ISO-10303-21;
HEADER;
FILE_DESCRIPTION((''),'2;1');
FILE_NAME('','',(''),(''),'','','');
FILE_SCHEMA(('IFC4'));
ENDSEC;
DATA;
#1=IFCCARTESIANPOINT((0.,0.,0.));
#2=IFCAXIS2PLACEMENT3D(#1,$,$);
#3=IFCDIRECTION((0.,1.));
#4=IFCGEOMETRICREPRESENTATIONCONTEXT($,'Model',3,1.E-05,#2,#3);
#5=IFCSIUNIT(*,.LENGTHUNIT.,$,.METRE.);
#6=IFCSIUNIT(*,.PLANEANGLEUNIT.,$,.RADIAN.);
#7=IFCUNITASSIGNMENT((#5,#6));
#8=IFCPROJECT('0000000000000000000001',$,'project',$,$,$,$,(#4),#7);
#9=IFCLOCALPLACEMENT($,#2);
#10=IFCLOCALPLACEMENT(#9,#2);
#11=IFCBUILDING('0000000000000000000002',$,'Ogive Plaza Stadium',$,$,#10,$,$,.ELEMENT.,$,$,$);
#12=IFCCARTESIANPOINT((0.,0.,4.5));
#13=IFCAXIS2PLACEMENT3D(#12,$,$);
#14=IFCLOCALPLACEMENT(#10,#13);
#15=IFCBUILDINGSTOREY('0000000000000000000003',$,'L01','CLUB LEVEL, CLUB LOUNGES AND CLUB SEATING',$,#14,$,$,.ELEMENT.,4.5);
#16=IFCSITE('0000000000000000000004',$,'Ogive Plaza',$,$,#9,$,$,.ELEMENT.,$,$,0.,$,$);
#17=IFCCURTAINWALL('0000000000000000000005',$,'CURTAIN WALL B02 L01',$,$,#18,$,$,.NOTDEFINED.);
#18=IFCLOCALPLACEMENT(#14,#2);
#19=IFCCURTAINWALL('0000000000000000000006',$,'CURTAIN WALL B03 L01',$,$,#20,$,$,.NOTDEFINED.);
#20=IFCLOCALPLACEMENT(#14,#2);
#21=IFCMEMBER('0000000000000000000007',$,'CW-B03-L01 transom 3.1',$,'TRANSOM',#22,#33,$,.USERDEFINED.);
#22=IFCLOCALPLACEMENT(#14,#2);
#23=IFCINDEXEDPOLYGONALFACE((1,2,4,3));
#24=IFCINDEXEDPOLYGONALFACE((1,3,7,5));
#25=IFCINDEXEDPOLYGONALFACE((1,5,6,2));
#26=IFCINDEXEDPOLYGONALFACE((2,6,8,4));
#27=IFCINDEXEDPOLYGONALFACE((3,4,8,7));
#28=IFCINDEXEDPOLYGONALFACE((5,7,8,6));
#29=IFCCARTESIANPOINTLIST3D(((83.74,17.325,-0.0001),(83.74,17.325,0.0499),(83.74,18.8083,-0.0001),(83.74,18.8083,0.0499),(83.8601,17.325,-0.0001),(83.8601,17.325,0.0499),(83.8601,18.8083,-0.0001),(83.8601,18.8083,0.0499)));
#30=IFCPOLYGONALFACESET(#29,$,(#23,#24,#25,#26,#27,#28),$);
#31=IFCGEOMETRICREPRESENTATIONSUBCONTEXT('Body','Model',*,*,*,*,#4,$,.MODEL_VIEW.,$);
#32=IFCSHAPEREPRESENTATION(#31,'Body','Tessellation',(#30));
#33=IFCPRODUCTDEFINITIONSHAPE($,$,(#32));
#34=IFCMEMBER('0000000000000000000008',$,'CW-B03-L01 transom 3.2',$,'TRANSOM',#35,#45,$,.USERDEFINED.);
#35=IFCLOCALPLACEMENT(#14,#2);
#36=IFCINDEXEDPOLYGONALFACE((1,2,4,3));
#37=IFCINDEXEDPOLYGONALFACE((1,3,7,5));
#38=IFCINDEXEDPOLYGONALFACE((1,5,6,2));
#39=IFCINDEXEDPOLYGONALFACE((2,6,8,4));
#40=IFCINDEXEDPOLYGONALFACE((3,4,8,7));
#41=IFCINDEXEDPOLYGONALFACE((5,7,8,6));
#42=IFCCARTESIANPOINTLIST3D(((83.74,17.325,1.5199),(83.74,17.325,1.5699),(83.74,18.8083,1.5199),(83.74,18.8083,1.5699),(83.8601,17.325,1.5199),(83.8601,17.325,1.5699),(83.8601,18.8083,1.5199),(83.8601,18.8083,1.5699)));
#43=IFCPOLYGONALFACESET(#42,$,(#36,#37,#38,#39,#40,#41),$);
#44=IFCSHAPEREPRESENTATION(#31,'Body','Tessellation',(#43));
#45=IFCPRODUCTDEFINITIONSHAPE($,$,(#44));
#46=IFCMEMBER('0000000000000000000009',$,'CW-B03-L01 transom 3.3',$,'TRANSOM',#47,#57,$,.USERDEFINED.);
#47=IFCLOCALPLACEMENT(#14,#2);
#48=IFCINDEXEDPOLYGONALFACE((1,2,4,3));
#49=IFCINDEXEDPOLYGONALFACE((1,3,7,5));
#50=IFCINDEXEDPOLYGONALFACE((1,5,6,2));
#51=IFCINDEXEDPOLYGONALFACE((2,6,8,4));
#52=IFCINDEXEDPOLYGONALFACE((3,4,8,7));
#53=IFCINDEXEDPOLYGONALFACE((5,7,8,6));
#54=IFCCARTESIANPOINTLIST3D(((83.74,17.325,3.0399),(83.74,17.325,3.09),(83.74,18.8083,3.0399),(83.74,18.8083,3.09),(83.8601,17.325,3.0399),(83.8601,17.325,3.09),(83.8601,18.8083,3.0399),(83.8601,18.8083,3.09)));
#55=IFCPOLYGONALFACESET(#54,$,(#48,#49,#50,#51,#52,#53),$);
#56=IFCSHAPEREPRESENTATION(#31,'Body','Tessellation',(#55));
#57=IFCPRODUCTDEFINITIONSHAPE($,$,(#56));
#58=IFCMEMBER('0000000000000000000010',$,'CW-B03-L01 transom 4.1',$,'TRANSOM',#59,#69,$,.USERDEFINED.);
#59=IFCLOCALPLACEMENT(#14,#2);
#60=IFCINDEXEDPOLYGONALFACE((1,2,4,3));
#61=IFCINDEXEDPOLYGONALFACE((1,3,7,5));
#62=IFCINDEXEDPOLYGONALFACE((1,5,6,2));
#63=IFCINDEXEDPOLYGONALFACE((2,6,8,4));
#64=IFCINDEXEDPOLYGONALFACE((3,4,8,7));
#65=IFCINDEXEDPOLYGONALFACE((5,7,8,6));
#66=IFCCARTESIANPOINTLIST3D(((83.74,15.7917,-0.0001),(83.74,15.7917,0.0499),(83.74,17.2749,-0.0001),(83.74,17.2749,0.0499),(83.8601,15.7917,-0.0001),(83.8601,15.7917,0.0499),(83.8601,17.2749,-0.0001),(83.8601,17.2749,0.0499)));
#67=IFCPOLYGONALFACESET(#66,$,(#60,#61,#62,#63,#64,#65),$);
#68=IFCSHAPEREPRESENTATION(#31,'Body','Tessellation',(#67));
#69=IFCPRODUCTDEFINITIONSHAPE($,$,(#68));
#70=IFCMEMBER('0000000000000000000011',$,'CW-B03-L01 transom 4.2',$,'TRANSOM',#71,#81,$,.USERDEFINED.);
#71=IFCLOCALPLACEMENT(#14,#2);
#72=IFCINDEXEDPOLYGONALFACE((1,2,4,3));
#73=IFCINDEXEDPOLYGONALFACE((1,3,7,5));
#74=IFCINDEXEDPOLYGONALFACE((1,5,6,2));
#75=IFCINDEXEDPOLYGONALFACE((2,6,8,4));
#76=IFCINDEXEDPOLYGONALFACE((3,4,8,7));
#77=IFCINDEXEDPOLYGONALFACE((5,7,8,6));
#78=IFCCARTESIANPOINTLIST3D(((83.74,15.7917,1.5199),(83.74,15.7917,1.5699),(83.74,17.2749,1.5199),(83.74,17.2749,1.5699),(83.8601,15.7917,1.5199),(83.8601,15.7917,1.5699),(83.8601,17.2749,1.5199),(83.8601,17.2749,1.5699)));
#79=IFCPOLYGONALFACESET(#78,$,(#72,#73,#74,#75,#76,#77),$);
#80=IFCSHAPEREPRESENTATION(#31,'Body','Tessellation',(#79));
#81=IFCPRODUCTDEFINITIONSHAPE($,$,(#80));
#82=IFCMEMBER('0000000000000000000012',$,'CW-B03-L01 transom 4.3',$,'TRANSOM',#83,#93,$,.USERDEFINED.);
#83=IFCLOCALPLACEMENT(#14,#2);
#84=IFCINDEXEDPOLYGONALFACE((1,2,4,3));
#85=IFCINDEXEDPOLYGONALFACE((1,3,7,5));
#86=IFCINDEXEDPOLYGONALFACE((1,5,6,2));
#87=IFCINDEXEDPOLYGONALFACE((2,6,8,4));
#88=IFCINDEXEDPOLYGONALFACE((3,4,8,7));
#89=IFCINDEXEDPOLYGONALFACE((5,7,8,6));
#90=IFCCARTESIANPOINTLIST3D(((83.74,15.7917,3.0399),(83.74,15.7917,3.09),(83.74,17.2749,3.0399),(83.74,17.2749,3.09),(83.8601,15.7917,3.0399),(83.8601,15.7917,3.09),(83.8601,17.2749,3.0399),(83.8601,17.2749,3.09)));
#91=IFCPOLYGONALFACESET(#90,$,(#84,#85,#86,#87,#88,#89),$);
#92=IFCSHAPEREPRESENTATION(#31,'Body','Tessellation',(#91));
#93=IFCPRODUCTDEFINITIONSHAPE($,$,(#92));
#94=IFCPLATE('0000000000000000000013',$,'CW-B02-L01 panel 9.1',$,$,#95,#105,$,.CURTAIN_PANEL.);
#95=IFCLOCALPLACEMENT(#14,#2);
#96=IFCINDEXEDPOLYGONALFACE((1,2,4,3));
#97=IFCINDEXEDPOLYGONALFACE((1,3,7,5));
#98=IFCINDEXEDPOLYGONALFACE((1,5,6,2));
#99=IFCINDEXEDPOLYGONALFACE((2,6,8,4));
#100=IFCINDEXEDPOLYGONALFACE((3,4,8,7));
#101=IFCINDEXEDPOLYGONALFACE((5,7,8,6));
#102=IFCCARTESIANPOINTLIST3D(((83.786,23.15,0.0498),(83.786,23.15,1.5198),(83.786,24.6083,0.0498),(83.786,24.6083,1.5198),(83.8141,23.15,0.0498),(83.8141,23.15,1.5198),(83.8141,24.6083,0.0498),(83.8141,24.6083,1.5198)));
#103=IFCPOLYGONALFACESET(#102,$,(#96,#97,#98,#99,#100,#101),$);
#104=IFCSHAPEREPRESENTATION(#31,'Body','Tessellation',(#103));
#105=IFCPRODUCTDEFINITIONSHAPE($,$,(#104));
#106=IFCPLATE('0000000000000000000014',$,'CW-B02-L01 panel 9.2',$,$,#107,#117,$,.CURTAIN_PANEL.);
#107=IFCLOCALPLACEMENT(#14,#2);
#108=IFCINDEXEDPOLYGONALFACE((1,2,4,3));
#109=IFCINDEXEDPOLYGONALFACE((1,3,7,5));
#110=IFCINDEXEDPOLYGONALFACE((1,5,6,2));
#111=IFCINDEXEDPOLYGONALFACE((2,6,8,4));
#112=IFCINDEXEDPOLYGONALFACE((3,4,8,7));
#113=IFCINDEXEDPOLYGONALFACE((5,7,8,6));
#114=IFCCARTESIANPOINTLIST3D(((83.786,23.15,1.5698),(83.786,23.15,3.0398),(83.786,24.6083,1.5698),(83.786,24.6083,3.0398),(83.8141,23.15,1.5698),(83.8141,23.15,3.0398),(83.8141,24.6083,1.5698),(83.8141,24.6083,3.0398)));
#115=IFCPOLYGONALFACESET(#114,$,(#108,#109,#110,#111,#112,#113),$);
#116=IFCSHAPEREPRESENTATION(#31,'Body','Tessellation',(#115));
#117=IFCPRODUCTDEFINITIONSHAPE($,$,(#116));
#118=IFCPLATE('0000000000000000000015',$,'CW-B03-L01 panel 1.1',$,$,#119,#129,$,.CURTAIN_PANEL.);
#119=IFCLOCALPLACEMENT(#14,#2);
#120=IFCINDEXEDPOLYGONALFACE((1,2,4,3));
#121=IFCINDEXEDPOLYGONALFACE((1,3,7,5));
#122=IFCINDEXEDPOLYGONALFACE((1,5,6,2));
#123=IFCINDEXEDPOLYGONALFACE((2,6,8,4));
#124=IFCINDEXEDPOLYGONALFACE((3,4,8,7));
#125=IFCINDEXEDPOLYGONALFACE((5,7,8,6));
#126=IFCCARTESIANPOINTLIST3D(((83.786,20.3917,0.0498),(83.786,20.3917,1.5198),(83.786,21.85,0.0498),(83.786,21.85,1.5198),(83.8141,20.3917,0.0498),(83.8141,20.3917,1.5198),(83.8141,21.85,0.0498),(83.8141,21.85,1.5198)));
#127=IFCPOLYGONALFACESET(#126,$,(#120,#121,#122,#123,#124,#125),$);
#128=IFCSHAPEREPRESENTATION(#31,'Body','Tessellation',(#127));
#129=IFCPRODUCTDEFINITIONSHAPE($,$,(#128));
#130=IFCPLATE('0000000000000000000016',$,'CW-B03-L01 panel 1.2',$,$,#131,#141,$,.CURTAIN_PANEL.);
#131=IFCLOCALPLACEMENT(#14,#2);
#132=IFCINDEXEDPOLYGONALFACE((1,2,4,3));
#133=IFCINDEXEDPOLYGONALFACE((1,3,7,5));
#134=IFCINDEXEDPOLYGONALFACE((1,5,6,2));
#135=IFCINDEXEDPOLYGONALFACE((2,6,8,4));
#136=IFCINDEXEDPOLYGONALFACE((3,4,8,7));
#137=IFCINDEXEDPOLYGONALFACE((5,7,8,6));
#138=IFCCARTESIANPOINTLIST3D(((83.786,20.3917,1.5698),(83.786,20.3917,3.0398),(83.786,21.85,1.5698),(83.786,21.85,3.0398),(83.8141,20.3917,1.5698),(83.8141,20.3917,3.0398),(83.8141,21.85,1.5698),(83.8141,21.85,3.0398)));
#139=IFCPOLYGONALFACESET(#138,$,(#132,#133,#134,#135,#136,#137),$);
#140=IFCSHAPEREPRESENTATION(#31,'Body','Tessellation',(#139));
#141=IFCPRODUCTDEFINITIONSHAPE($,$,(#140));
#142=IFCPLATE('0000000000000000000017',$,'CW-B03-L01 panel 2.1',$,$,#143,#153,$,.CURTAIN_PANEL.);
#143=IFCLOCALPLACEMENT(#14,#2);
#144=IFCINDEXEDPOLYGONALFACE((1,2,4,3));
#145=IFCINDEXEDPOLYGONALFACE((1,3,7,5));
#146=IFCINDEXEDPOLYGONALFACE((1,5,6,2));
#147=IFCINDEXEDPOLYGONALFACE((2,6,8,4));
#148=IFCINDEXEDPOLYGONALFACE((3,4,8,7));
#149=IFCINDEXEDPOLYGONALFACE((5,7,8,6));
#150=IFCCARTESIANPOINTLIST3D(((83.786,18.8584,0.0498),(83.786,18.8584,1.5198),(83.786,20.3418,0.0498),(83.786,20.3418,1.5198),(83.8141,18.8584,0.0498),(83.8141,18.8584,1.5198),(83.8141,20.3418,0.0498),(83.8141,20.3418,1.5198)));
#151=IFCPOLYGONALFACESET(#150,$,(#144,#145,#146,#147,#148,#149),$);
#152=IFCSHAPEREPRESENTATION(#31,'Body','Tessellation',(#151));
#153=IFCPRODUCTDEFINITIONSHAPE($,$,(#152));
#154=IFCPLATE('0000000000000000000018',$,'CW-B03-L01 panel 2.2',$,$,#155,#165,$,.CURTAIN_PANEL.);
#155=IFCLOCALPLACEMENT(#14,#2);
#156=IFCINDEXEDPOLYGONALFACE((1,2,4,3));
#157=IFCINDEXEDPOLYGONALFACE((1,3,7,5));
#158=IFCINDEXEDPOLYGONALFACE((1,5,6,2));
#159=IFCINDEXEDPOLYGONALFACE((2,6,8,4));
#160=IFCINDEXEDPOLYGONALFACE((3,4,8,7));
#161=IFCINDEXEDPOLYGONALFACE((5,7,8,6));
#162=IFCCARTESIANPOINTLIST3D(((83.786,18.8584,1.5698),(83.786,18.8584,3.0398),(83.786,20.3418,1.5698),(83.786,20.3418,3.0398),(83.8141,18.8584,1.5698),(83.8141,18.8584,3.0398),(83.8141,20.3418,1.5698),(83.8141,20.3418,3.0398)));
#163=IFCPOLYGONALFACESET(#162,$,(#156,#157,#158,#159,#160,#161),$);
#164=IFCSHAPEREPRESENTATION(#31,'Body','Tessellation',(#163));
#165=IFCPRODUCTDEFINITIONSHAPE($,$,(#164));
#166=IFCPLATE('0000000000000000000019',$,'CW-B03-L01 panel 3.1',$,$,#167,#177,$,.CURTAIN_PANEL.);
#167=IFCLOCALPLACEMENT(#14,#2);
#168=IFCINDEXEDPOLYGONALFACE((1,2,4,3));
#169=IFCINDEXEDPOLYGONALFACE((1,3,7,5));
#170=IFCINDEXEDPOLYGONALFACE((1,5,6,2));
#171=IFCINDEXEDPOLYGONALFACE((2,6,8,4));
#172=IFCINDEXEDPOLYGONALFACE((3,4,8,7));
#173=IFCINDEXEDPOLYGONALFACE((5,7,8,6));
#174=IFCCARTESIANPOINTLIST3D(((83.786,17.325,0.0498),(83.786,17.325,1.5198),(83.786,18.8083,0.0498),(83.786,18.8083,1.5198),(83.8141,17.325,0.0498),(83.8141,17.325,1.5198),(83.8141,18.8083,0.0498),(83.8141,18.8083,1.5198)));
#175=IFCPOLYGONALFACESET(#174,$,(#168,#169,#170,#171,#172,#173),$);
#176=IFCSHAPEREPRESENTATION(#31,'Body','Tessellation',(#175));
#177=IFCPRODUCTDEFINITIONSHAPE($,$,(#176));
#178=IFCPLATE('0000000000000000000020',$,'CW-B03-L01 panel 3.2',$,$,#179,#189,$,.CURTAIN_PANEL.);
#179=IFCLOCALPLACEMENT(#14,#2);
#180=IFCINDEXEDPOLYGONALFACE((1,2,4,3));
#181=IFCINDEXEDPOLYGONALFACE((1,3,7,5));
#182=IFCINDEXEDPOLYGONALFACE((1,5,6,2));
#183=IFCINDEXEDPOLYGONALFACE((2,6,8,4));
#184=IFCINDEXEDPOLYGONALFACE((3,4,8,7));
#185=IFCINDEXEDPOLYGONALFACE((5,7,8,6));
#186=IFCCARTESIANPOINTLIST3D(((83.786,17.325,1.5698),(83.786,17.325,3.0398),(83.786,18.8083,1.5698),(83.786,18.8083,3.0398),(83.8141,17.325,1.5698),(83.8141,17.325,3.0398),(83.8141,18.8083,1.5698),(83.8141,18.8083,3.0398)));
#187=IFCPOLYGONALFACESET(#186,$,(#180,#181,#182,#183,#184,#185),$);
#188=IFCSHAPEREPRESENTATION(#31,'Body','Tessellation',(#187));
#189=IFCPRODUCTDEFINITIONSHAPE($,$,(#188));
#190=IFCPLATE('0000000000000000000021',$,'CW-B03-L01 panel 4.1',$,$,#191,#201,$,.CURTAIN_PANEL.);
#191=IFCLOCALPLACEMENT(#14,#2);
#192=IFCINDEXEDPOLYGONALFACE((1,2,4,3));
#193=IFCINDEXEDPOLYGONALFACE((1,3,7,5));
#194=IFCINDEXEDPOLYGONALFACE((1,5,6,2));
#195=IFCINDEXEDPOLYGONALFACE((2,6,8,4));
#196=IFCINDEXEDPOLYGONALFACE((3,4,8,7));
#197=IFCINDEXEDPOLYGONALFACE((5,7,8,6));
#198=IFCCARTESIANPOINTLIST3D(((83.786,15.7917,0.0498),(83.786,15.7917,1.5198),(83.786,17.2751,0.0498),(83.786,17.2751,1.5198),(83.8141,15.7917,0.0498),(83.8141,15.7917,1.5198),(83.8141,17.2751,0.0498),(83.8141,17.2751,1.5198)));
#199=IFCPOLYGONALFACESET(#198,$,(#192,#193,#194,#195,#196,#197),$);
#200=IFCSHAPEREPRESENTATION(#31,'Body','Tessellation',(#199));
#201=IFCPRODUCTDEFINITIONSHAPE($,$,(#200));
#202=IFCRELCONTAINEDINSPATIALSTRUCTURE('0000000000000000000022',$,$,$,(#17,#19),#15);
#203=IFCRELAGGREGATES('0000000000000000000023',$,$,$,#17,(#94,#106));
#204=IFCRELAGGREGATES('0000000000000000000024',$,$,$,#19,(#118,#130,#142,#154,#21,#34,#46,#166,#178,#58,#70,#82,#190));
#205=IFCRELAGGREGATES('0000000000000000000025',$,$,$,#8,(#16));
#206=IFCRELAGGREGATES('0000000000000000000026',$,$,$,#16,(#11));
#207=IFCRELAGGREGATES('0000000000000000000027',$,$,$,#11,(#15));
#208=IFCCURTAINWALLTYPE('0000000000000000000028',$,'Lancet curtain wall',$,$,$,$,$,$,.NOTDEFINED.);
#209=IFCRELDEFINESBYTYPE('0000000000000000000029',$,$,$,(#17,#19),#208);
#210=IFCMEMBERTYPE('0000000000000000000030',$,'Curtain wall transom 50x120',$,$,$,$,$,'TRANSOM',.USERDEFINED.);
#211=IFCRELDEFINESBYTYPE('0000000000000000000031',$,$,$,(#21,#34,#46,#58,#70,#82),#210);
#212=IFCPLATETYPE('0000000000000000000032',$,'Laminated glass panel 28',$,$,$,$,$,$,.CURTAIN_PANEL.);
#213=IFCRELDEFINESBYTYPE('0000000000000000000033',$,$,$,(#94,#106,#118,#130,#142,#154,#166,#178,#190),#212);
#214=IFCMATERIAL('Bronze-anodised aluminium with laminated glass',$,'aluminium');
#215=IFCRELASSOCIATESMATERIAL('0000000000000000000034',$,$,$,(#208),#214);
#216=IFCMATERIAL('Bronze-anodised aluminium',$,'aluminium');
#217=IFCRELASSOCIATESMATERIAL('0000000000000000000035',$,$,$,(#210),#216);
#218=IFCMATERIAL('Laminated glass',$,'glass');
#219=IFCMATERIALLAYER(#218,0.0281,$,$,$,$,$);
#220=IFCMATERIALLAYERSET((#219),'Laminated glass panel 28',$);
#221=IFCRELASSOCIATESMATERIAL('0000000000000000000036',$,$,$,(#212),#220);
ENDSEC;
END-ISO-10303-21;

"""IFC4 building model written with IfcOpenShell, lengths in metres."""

from ifc_helpers import new_model, si_unit, direction, frame, origin, origin_2d, place, context, subcontext, project, spatial, rectangle, extrude, material, layer, layer_set, material_profile, profile_set, type_object, element, aggregate, save


model = new_model("IFC4")

# Units and contexts
model_context = context("Model", 3, precision=1e-05, world=origin(), true_north=direction((0.0, 1.0)))
body_context = subcontext(model_context, "Body", "Model", "MODEL_VIEW")
ifc_project = project(units=[si_unit("LENGTHUNIT", "METRE"), si_unit("PLANEANGLEUNIT", "RADIAN")], contexts=[model_context])

# Site, building, storey
site_placement = place(None, origin())
site = spatial("IfcSite", under=ifc_project, at=site_placement, Name="Ogive Plaza", CompositionType="ELEMENT", RefElevation=0.0)
building_placement = place(site_placement, origin())
building = spatial("IfcBuilding", under=site, at=building_placement, Name="Ogive Plaza Stadium", CompositionType="ELEMENT")
storey_placement = place(building_placement, frame((0.0, 0.0, 4.5)))
storey = spatial("IfcBuildingStorey", under=building, at=storey_placement, Name="L01", Description="CLUB LEVEL, CLUB LOUNGES AND CLUB SEATING", CompositionType="ELEMENT", Elevation=4.5)

# Curtain wall
ifc_material_1 = material(Name="Bronze-anodised aluminium with laminated glass", Category="aluminium")
curtain_wall_type = type_object("IfcCurtainWallType", Name="Lancet curtain wall", PredefinedType="NOTDEFINED", material=ifc_material_1)
curtain_wall_1_placement = place(storey_placement, origin())
curtain_wall_1 = element("IfcCurtainWall", 1, at=curtain_wall_1_placement, inside=storey, type_object=curtain_wall_type, Name="CURTAIN WALL B02 L01", PredefinedType="NOTDEFINED")

# Curtain wall
curtain_wall_2_placement = place(storey_placement, origin())
curtain_wall_2 = element("IfcCurtainWall", 2, at=curtain_wall_2_placement, inside=storey, type_object=curtain_wall_type, Name="CURTAIN WALL B03 L01", PredefinedType="NOTDEFINED")

# Members
ifc_material_2 = material(Name="Bronze-anodised aluminium", Category="aluminium")
ifc_material_profile_1 = material_profile(ifc_material_2, rectangle(XDim=0.1201, YDim=0.05, at=origin_2d()), Name="AL 120x50")
ifc_profile_set_1 = profile_set([ifc_material_profile_1], Name="Bronze-anodised aluminium")
member_type_1 = type_object("IfcMemberType", Name="Curtain wall transom 50x120", ElementType="TRANSOM", PredefinedType="USERDEFINED", material=ifc_profile_set_1)
member_1_placement = place(storey_placement, frame((83.8, 18.8083, 0.0249), z_axis=(0.0, -1.0, 0.0), x_axis=(1.0, 0.0, 0.0)))
member_1 = element("IfcMember", 3, at=member_1_placement, type_object=member_type_1, Name="CW-B03-L01 transom 3.1", ObjectType="TRANSOM", PredefinedType="USERDEFINED", context=body_context, shape_type="SweptSolid", body=[
    extrude(rectangle(XDim=0.1201, YDim=0.05, at=origin_2d()), origin(), (0.0, 0.0, 1.0), 1.4834),
])
member_2_placement = place(storey_placement, frame((83.8, 18.8083, 1.5449), z_axis=(0.0, -1.0, 0.0), x_axis=(1.0, 0.0, 0.0)))
member_2 = element("IfcMember", 4, at=member_2_placement, type_object=member_type_1, Name="CW-B03-L01 transom 3.2", ObjectType="TRANSOM", PredefinedType="USERDEFINED", context=body_context, shape_type="SweptSolid", body=[
    extrude(rectangle(XDim=0.1201, YDim=0.05, at=origin_2d()), origin(), (0.0, 0.0, 1.0), 1.4834),
])
member_3_placement = place(storey_placement, frame((83.8, 18.8083, 3.0649), z_axis=(0.0, -1.0, 0.0), x_axis=(1.0, 0.0, 0.0)))
member_3 = element("IfcMember", 5, at=member_3_placement, type_object=member_type_1, Name="CW-B03-L01 transom 3.3", ObjectType="TRANSOM", PredefinedType="USERDEFINED", context=body_context, shape_type="SweptSolid", body=[
    extrude(rectangle(XDim=0.1201, YDim=0.05, at=origin_2d()), origin(), (0.0, 0.0, 1.0), 1.4834),
])
member_4_placement = place(storey_placement, frame((83.8, 17.2749, 0.0249), z_axis=(0.0, -1.0, 0.0), x_axis=(1.0, 0.0, 0.0)))
member_4 = element("IfcMember", 6, at=member_4_placement, type_object=member_type_1, Name="CW-B03-L01 transom 4.1", ObjectType="TRANSOM", PredefinedType="USERDEFINED", context=body_context, shape_type="SweptSolid", body=[
    extrude(rectangle(XDim=0.1201, YDim=0.05, at=origin_2d()), origin(), (0.0, 0.0, 1.0), 1.4832),
])
member_5_placement = place(storey_placement, frame((83.8, 17.2749, 1.5449), z_axis=(0.0, -1.0, 0.0), x_axis=(1.0, 0.0, 0.0)))
member_5 = element("IfcMember", 7, at=member_5_placement, type_object=member_type_1, Name="CW-B03-L01 transom 4.2", ObjectType="TRANSOM", PredefinedType="USERDEFINED", context=body_context, shape_type="SweptSolid", body=[
    extrude(rectangle(XDim=0.1201, YDim=0.05, at=origin_2d()), origin(), (0.0, 0.0, 1.0), 1.4832),
])
member_6_placement = place(storey_placement, frame((83.8, 17.2749, 3.0649), z_axis=(0.0, -1.0, 0.0), x_axis=(1.0, 0.0, 0.0)))
member_6 = element("IfcMember", 8, at=member_6_placement, type_object=member_type_1, Name="CW-B03-L01 transom 4.3", ObjectType="TRANSOM", PredefinedType="USERDEFINED", context=body_context, shape_type="SweptSolid", body=[
    extrude(rectangle(XDim=0.1201, YDim=0.05, at=origin_2d()), origin(), (0.0, 0.0, 1.0), 1.4832),
])

# Plates
ifc_material_3 = material(Name="Laminated glass", Category="glass")
ifc_layer = layer(ifc_material_3, 0.0281)
ifc_layer_set = layer_set([ifc_layer], Name="Laminated glass panel 28")
plate_type = type_object("IfcPlateType", Name="Laminated glass panel 28", PredefinedType="CURTAIN_PANEL", material=ifc_layer_set)
plate_1_placement = place(storey_placement, frame((83.8, 23.8792, 0.0498), z_axis=(0.0, 0.0, 1.0), x_axis=(0.0, -1.0, 0.0)))
plate_1 = element("IfcPlate", 9, at=plate_1_placement, type_object=plate_type, Name="CW-B02-L01 panel 9.1", PredefinedType="CURTAIN_PANEL", context=body_context, shape_type="SweptSolid", body=[
    extrude(rectangle(XDim=1.4583, YDim=0.0281, at=origin_2d()), origin(), (0.0, 0.0, 1.0), 1.47),
])
plate_2_placement = place(storey_placement, frame((83.8, 23.8792, 1.5698), z_axis=(0.0, 0.0, 1.0), x_axis=(0.0, -1.0, 0.0)))
plate_2 = element("IfcPlate", 10, at=plate_2_placement, type_object=plate_type, Name="CW-B02-L01 panel 9.2", PredefinedType="CURTAIN_PANEL", context=body_context, shape_type="SweptSolid", body=[
    extrude(rectangle(XDim=1.4583, YDim=0.0281, at=origin_2d()), origin(), (0.0, 0.0, 1.0), 1.47),
])
aggregate(curtain_wall_1, [plate_1, plate_2])
plate_3_placement = place(storey_placement, frame((83.8, 21.1208, 0.0498), z_axis=(0.0, 0.0, 1.0), x_axis=(0.0, -1.0, 0.0)))
plate_3 = element("IfcPlate", 11, at=plate_3_placement, type_object=plate_type, Name="CW-B03-L01 panel 1.1", PredefinedType="CURTAIN_PANEL", context=body_context, shape_type="SweptSolid", body=[
    extrude(rectangle(XDim=1.4583, YDim=0.0281, at=origin_2d()), origin(), (0.0, 0.0, 1.0), 1.47),
])
plate_4_placement = place(storey_placement, frame((83.8, 21.1208, 1.5698), z_axis=(0.0, 0.0, 1.0), x_axis=(0.0, -1.0, 0.0)))
plate_4 = element("IfcPlate", 12, at=plate_4_placement, type_object=plate_type, Name="CW-B03-L01 panel 1.2", PredefinedType="CURTAIN_PANEL", context=body_context, shape_type="SweptSolid", body=[
    extrude(rectangle(XDim=1.4583, YDim=0.0281, at=origin_2d()), origin(), (0.0, 0.0, 1.0), 1.47),
])
plate_5_placement = place(storey_placement, frame((83.8, 19.6001, 0.0498), z_axis=(0.0, 0.0, 1.0), x_axis=(0.0, -1.0, 0.0)))
plate_5 = element("IfcPlate", 13, at=plate_5_placement, type_object=plate_type, Name="CW-B03-L01 panel 2.1", PredefinedType="CURTAIN_PANEL", context=body_context, shape_type="SweptSolid", body=[
    extrude(rectangle(XDim=1.4834, YDim=0.0281, at=origin_2d()), origin(), (0.0, 0.0, 1.0), 1.47),
])
plate_6_placement = place(storey_placement, frame((83.8, 19.6001, 1.5698), z_axis=(0.0, 0.0, 1.0), x_axis=(0.0, -1.0, 0.0)))
plate_6 = element("IfcPlate", 14, at=plate_6_placement, type_object=plate_type, Name="CW-B03-L01 panel 2.2", PredefinedType="CURTAIN_PANEL", context=body_context, shape_type="SweptSolid", body=[
    extrude(rectangle(XDim=1.4834, YDim=0.0281, at=origin_2d()), origin(), (0.0, 0.0, 1.0), 1.47),
])
plate_7_placement = place(storey_placement, frame((83.8, 18.0667, 0.0498), z_axis=(0.0, 0.0, 1.0), x_axis=(0.0, -1.0, 0.0)))
plate_7 = element("IfcPlate", 15, at=plate_7_placement, type_object=plate_type, Name="CW-B03-L01 panel 3.1", PredefinedType="CURTAIN_PANEL", context=body_context, shape_type="SweptSolid", body=[
    extrude(rectangle(XDim=1.4834, YDim=0.0281, at=origin_2d()), origin(), (0.0, 0.0, 1.0), 1.47),
])
plate_8_placement = place(storey_placement, frame((83.8, 18.0667, 1.5698), z_axis=(0.0, 0.0, 1.0), x_axis=(0.0, -1.0, 0.0)))
plate_8 = element("IfcPlate", 16, at=plate_8_placement, type_object=plate_type, Name="CW-B03-L01 panel 3.2", PredefinedType="CURTAIN_PANEL", context=body_context, shape_type="SweptSolid", body=[
    extrude(rectangle(XDim=1.4834, YDim=0.0281, at=origin_2d()), origin(), (0.0, 0.0, 1.0), 1.47),
])
plate_9_placement = place(storey_placement, frame((83.8, 16.5334, 0.0498), z_axis=(0.0, 0.0, 1.0), x_axis=(0.0, -1.0, 0.0)))
plate_9 = element("IfcPlate", 17, at=plate_9_placement, type_object=plate_type, Name="CW-B03-L01 panel 4.1", PredefinedType="CURTAIN_PANEL", context=body_context, shape_type="SweptSolid", body=[
    extrude(rectangle(XDim=1.4834, YDim=0.0281, at=origin_2d()), origin(), (0.0, 0.0, 1.0), 1.47),
])
aggregate(curtain_wall_2, [plate_3, plate_4, plate_5, plate_6, member_1, member_2, member_3, plate_7, plate_8, member_4, member_5, member_6, plate_9])

save(model, "model.ifc")
